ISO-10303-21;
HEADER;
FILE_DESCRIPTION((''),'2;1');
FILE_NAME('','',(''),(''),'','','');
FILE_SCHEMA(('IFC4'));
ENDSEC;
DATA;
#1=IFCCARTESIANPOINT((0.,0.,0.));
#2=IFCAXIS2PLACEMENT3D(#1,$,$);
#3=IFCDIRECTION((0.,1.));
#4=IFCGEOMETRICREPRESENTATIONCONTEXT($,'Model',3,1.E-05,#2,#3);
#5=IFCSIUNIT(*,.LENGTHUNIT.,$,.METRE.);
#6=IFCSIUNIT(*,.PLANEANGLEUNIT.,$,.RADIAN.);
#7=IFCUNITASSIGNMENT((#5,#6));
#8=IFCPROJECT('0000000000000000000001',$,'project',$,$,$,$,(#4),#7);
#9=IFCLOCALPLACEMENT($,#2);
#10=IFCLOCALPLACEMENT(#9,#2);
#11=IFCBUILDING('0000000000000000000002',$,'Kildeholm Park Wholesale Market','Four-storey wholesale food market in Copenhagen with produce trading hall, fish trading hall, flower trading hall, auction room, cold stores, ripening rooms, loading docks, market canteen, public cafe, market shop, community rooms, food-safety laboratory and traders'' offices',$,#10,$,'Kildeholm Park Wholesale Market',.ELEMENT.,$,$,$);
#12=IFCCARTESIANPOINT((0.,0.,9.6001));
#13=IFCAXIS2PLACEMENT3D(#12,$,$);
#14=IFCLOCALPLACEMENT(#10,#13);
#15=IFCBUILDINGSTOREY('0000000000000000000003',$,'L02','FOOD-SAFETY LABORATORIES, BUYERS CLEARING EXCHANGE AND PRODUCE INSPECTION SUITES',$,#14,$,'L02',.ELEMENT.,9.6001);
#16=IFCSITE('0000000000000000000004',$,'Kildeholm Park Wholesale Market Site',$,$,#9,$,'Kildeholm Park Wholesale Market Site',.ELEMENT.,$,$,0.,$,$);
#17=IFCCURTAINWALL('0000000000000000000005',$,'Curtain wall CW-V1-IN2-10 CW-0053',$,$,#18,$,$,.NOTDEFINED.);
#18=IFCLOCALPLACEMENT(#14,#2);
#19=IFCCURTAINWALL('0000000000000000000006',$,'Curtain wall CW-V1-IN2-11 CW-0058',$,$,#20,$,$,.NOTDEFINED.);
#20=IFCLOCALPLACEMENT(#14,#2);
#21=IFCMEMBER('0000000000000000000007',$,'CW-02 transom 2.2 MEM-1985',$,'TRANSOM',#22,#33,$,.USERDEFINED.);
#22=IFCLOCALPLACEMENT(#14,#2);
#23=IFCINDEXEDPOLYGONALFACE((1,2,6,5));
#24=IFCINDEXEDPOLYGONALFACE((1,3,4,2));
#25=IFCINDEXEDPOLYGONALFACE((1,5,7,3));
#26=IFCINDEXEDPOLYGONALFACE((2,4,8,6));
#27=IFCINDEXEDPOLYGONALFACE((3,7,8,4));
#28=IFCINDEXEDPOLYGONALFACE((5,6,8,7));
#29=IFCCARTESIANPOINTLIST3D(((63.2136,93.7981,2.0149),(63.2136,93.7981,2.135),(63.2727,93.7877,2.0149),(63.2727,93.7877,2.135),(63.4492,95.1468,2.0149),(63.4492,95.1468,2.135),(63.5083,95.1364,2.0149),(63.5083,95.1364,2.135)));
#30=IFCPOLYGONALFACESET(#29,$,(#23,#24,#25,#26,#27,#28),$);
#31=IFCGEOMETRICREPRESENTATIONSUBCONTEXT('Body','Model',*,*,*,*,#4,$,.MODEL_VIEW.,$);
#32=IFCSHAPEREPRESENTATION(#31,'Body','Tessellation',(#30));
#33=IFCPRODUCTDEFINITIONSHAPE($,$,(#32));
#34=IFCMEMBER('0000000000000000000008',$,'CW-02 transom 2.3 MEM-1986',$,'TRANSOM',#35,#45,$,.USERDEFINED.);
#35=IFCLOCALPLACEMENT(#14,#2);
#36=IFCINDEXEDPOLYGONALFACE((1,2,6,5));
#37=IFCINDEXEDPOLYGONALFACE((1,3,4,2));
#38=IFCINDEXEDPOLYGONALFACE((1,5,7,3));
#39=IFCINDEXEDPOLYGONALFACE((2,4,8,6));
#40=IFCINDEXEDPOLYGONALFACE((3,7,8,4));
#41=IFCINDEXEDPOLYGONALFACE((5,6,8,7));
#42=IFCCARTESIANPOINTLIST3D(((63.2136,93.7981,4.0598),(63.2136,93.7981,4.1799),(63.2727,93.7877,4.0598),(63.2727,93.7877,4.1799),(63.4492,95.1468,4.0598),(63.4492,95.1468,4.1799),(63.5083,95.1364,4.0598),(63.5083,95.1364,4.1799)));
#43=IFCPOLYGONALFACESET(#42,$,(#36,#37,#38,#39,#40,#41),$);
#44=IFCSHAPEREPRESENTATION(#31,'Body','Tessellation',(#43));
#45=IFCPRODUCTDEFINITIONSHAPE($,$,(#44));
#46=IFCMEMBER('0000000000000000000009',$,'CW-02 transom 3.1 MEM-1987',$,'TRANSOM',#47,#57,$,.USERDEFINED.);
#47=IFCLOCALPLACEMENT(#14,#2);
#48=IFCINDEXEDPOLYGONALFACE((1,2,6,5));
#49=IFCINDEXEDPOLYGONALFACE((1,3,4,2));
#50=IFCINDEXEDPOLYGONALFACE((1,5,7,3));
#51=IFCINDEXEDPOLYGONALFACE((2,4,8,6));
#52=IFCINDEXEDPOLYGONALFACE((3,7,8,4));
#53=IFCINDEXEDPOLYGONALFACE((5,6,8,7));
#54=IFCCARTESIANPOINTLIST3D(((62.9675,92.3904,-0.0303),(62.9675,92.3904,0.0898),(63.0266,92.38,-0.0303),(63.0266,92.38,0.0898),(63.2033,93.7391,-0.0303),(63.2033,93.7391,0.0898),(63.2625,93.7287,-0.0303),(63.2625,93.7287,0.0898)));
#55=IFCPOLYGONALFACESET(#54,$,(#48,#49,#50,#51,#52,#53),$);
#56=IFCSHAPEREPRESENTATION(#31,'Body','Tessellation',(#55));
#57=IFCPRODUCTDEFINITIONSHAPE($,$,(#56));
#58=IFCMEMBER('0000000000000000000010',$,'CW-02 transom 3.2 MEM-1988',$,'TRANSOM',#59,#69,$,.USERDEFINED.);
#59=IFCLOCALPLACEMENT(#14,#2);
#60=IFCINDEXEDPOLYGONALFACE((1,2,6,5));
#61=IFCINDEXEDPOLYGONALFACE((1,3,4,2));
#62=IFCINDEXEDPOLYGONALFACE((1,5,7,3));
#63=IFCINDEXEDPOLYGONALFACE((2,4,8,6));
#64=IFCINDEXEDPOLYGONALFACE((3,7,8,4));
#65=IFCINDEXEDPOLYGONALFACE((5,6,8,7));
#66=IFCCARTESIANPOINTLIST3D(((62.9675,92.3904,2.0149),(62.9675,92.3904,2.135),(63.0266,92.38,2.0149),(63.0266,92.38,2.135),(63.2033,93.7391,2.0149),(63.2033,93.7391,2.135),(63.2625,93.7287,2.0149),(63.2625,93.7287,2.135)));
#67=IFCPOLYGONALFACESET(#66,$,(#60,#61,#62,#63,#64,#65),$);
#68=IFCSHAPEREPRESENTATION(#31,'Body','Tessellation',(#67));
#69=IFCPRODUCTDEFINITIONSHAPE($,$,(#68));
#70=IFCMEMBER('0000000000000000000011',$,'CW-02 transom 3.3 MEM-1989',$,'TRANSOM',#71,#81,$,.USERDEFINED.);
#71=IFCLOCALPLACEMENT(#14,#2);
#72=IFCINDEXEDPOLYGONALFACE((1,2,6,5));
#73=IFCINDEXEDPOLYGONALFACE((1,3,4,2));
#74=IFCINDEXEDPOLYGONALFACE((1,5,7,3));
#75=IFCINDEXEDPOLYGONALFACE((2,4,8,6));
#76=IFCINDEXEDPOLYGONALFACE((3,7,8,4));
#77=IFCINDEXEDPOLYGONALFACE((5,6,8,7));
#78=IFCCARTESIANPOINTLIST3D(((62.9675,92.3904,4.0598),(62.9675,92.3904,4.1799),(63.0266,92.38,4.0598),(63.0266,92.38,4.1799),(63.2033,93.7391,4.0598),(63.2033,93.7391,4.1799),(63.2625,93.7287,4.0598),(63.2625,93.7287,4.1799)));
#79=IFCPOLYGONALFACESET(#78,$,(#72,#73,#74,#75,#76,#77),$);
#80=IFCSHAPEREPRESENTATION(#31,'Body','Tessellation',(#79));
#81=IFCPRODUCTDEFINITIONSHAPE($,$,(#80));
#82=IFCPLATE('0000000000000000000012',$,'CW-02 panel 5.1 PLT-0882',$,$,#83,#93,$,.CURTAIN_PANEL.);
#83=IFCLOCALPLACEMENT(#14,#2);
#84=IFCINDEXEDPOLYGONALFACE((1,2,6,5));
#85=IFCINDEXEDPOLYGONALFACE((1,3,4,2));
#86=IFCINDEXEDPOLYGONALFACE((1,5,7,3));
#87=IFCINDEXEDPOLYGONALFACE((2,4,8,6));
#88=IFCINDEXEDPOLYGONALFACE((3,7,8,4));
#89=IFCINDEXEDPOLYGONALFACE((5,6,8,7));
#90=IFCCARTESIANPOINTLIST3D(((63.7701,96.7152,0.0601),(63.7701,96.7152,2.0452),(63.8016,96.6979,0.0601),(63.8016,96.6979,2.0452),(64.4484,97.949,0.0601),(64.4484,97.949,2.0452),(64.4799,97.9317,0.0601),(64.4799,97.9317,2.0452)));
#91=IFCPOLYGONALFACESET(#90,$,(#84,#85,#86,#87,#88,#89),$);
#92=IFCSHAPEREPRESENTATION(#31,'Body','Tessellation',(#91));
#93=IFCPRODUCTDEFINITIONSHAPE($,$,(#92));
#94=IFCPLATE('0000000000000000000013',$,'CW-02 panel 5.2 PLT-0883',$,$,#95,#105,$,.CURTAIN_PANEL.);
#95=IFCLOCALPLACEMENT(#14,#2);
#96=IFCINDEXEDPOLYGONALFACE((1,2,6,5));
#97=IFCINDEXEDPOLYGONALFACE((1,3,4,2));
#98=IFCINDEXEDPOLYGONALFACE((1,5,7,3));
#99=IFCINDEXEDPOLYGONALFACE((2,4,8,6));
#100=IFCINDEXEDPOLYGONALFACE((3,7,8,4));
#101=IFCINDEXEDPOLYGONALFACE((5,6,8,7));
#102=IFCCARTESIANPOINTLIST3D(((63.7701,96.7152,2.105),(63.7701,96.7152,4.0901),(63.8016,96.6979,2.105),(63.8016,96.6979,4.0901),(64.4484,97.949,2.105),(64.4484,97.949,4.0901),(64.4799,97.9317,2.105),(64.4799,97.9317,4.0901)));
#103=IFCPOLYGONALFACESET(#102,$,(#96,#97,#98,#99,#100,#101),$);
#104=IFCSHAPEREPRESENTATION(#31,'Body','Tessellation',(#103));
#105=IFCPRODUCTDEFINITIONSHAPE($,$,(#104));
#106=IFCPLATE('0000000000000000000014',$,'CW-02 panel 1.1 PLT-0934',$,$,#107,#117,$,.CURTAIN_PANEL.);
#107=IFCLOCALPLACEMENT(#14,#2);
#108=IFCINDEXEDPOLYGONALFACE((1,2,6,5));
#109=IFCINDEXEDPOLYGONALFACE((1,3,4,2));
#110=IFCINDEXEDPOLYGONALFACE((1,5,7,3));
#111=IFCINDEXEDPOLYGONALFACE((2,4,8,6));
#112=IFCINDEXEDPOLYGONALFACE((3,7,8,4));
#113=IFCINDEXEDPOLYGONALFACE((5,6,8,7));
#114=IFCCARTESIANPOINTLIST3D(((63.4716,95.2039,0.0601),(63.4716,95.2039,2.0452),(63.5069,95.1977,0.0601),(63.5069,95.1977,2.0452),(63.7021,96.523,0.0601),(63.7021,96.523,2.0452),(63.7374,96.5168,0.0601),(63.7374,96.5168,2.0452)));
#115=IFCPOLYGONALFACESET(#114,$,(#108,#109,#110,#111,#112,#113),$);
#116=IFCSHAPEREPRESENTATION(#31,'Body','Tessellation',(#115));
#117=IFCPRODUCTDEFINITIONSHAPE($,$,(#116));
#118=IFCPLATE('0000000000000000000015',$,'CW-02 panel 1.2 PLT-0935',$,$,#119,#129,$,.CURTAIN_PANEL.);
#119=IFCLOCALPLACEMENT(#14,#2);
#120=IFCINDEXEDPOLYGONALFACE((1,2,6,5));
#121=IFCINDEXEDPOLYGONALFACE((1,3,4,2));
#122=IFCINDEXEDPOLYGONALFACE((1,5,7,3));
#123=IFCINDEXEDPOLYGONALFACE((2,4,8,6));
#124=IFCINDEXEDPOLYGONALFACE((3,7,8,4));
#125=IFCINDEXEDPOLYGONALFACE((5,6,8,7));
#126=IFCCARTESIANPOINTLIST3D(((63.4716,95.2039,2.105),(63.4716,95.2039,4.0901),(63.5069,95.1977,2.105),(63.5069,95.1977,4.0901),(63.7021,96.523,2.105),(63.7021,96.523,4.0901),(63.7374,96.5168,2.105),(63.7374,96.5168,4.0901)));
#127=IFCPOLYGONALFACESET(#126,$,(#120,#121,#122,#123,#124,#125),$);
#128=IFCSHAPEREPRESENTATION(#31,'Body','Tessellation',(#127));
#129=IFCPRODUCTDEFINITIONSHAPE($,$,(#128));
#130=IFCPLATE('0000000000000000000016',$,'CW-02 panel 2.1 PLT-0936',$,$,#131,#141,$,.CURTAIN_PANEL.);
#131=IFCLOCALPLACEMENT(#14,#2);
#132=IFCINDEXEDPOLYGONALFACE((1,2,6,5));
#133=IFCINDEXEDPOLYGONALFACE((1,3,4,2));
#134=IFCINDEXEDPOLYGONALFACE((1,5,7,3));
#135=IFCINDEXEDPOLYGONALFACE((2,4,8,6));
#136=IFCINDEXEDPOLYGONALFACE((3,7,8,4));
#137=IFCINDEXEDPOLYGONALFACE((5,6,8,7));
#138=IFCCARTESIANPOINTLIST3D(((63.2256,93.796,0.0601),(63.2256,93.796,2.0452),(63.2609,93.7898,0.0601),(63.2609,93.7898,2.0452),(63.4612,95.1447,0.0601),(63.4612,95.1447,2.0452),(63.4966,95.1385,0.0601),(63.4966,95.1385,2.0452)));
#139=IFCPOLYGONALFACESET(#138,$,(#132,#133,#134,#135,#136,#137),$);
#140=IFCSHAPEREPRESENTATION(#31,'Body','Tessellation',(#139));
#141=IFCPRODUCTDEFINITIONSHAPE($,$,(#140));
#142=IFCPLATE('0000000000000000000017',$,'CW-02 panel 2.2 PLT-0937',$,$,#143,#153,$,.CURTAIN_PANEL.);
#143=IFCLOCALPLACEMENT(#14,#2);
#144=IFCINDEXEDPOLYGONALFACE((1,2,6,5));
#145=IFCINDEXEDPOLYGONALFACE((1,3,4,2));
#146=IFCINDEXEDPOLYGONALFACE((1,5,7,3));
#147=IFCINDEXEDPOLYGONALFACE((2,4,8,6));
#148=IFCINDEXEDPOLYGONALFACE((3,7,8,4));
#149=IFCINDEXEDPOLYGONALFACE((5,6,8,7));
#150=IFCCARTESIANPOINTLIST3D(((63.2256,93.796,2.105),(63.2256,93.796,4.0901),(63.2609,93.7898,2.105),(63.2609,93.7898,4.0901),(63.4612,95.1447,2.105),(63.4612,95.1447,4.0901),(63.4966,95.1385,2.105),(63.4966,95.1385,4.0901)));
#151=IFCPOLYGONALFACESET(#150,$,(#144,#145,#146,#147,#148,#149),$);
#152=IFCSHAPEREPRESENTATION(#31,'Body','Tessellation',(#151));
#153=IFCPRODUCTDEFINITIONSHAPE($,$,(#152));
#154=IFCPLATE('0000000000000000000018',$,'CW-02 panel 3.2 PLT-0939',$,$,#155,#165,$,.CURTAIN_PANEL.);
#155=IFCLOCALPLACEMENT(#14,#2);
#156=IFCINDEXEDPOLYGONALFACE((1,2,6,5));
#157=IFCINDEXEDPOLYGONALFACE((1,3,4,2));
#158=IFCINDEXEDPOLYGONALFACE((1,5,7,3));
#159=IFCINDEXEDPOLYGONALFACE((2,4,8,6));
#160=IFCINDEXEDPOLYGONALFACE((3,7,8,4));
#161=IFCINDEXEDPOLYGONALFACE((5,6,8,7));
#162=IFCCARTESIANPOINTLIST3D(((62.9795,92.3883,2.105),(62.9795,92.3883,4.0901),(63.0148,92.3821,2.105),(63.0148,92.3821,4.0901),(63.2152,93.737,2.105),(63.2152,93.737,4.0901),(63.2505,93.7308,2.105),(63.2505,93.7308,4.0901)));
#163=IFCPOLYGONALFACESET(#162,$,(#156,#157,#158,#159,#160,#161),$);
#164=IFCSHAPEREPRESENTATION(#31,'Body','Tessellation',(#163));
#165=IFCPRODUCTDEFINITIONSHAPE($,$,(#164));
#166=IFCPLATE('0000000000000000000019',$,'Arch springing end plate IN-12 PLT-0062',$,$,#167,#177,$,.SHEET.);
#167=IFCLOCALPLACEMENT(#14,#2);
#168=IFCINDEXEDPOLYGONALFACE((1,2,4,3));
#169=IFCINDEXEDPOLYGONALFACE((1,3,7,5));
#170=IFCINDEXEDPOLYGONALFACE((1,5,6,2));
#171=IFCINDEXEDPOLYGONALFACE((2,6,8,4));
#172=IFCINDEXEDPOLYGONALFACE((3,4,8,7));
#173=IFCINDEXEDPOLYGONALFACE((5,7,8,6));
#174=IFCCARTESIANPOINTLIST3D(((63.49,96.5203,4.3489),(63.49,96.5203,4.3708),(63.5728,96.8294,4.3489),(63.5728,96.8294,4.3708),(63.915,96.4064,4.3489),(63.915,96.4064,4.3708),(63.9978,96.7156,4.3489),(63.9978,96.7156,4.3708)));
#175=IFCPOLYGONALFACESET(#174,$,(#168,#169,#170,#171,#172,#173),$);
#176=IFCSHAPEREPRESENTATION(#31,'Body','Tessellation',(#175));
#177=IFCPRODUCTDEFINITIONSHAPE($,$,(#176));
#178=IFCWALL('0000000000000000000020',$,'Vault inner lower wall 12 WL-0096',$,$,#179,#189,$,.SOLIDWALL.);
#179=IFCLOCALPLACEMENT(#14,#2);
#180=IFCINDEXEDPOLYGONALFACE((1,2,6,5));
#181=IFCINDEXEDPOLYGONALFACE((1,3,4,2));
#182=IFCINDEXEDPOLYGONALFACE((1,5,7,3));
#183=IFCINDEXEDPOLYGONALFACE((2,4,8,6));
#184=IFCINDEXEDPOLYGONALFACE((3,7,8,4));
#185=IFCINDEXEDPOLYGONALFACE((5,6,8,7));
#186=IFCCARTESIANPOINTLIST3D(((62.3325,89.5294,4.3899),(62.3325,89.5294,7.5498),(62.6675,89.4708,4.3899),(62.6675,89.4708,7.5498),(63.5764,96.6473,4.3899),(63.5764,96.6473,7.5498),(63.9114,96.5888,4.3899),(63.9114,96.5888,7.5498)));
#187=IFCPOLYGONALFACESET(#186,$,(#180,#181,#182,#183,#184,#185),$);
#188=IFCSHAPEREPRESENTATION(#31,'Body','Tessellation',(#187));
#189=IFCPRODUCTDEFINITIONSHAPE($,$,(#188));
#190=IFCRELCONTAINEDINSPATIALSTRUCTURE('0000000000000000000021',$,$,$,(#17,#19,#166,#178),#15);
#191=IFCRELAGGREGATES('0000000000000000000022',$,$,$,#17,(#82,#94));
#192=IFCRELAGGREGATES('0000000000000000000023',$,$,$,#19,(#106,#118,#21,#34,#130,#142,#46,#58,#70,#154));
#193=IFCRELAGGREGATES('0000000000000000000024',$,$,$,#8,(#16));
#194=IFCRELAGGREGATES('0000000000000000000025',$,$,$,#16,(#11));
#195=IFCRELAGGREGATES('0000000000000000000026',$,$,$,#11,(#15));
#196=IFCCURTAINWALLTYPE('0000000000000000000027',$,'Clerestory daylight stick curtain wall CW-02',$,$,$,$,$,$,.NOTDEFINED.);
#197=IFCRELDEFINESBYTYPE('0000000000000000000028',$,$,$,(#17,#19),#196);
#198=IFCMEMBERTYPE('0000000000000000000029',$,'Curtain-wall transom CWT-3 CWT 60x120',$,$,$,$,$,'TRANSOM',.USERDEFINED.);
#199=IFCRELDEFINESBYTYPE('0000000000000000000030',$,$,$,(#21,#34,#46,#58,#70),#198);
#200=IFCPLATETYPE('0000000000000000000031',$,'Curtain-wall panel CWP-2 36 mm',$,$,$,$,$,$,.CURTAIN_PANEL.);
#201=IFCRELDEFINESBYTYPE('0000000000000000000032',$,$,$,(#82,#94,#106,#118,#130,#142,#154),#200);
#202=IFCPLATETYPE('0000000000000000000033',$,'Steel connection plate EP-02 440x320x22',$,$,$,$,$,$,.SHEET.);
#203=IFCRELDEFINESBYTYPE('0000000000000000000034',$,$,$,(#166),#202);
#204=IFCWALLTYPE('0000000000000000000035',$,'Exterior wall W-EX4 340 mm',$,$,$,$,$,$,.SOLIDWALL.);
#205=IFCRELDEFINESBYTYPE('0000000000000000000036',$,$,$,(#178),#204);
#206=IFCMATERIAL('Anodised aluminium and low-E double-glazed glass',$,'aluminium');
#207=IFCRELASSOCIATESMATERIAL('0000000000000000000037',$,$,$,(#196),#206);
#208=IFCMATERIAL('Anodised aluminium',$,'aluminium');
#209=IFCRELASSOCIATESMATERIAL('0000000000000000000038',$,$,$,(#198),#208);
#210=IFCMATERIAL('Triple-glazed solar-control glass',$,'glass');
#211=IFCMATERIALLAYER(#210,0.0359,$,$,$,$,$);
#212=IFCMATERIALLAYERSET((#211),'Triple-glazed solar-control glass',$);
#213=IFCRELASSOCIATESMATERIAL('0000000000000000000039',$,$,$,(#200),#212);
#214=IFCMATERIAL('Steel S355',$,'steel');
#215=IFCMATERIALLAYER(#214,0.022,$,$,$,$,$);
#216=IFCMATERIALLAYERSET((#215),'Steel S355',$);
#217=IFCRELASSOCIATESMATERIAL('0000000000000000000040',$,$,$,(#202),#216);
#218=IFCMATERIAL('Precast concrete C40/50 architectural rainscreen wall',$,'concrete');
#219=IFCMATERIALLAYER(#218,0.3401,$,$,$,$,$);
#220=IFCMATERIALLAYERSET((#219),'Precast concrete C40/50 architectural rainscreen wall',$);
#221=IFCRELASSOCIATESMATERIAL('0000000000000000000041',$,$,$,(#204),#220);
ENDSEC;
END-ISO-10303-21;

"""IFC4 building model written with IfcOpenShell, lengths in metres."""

from ifc_helpers import new_model, si_unit, direction, frame, frame_2d, origin, origin_2d, place, context, subcontext, project, spatial, rectangle, extrude, material, layer, layer_set, material_profile, profile_set, type_object, element, aggregate, save


model = new_model("IFC4")

# Units and contexts
model_context = context("Model", 3, precision=1e-05, world=origin(), true_north=direction((0.0, 1.0)))
body_context = subcontext(model_context, "Body", "Model", "MODEL_VIEW")
ifc_project = project(units=[si_unit("LENGTHUNIT", "METRE"), si_unit("PLANEANGLEUNIT", "RADIAN")], contexts=[model_context])

# Site, building, storey
site_placement = place(None, origin())
site = spatial("IfcSite", under=ifc_project, at=site_placement, Name="Kildeholm Park Wholesale Market Site", LongName="Kildeholm Park Wholesale Market Site", CompositionType="ELEMENT", RefElevation=0.0)
building_placement = place(site_placement, origin())
building = spatial("IfcBuilding", under=site, at=building_placement, Name="Kildeholm Park Wholesale Market", Description="Four-storey wholesale food market in Copenhagen with produce trading hall, fish trading hall, flower trading hall, auction room, cold stores, ripening rooms, loading docks, market canteen, public cafe, market shop, community rooms, food-safety laboratory and traders' offices", LongName="Kildeholm Park Wholesale Market", CompositionType="ELEMENT")
storey_placement = place(building_placement, frame((0.0, 0.0, 9.6001)))
storey = spatial("IfcBuildingStorey", under=building, at=storey_placement, Name="L02", Description="FOOD-SAFETY LABORATORIES, BUYERS CLEARING EXCHANGE AND PRODUCE INSPECTION SUITES", LongName="L02", CompositionType="ELEMENT", Elevation=9.6001)

# Shared definitions
ifc_material_1 = material(Name="Steel S355", Category="steel")

# Curtain wall
ifc_material_2 = material(Name="Anodised aluminium and low-E double-glazed glass", Category="aluminium")
curtain_wall_type = type_object("IfcCurtainWallType", Name="Clerestory daylight stick curtain wall CW-02", PredefinedType="NOTDEFINED", material=ifc_material_2)
curtain_wall_1_placement = place(storey_placement, origin())
curtain_wall_1 = element("IfcCurtainWall", 1, at=curtain_wall_1_placement, inside=storey, type_object=curtain_wall_type, Name="Curtain wall CW-V1-IN2-10 CW-0053", PredefinedType="NOTDEFINED")
ifc_material_3 = material(Name="Anodised aluminium", Category="aluminium")

# Curtain wall
curtain_wall_2_placement = place(storey_placement, origin())
curtain_wall_2 = element("IfcCurtainWall", 2, at=curtain_wall_2_placement, inside=storey, type_object=curtain_wall_type, Name="Curtain wall CW-V1-IN2-11 CW-0058", PredefinedType="NOTDEFINED")

# Members
ifc_material_profile_1 = material_profile(ifc_material_3, rectangle(XDim=0.0601, YDim=0.1201, at=origin_2d()), Name="CWT 60x120")
ifc_profile_set_1 = profile_set([ifc_material_profile_1], Name="Anodised aluminium")
member_type_1 = type_object("IfcMemberType", Name="Curtain-wall transom CWT-3 CWT 60x120", ElementType="TRANSOM", PredefinedType="USERDEFINED", material=ifc_profile_set_1)
member_1_placement = place(storey_placement, frame((63.4788, 95.1416, 2.075), z_axis=(-0.172086, -0.985082, 0.0), x_axis=(0.985082, -0.172086, 0.0)))
member_1 = element("IfcMember", 3, at=member_1_placement, type_object=member_type_1, Name="CW-02 transom 2.2 MEM-1985", ObjectType="TRANSOM", PredefinedType="USERDEFINED", context=body_context, shape_type="SweptSolid", body=[
    extrude(rectangle(XDim=0.0601, YDim=0.1201, at=origin_2d()), origin(), (0.0, 0.0, 1.0), 1.3691),
])
member_2_placement = place(storey_placement, frame((63.4788, 95.1416, 4.1199), z_axis=(-0.172086, -0.985082, 0.0), x_axis=(0.985082, -0.172086, 0.0)))
member_2 = element("IfcMember", 4, at=member_2_placement, type_object=member_type_1, Name="CW-02 transom 2.3 MEM-1986", ObjectType="TRANSOM", PredefinedType="USERDEFINED", context=body_context, shape_type="SweptSolid", body=[
    extrude(rectangle(XDim=0.0601, YDim=0.1201, at=origin_2d()), origin(), (0.0, 0.0, 1.0), 1.3691),
])
member_3_placement = place(storey_placement, frame((63.2329, 93.7339, 0.0298), z_axis=(-0.172259, -0.985052, 0.0), x_axis=(0.985052, -0.172259, 0.0)))
member_3 = element("IfcMember", 5, at=member_3_placement, type_object=member_type_1, Name="CW-02 transom 3.1 MEM-1987", ObjectType="TRANSOM", PredefinedType="USERDEFINED", context=body_context, shape_type="SweptSolid", body=[
    extrude(rectangle(XDim=0.0601, YDim=0.1201, at=origin_2d()), origin(), (0.0, 0.0, 1.0), 1.3691),
])
member_4_placement = place(storey_placement, frame((63.2329, 93.7339, 2.075), z_axis=(-0.172259, -0.985052, 0.0), x_axis=(0.985052, -0.172259, 0.0)))
member_4 = element("IfcMember", 6, at=member_4_placement, type_object=member_type_1, Name="CW-02 transom 3.2 MEM-1988", ObjectType="TRANSOM", PredefinedType="USERDEFINED", context=body_context, shape_type="SweptSolid", body=[
    extrude(rectangle(XDim=0.0601, YDim=0.1201, at=origin_2d()), origin(), (0.0, 0.0, 1.0), 1.3691),
])
member_5_placement = place(storey_placement, frame((63.2329, 93.7339, 4.1199), z_axis=(-0.172259, -0.985052, 0.0), x_axis=(0.985052, -0.172259, 0.0)))
member_5 = element("IfcMember", 7, at=member_5_placement, type_object=member_type_1, Name="CW-02 transom 3.3 MEM-1989", ObjectType="TRANSOM", PredefinedType="USERDEFINED", context=body_context, shape_type="SweptSolid", body=[
    extrude(rectangle(XDim=0.0601, YDim=0.1201, at=origin_2d()), origin(), (0.0, 0.0, 1.0), 1.3691),
])

# Plates
ifc_material_4 = material(Name="Triple-glazed solar-control glass", Category="glass")
ifc_layer_1 = layer(ifc_material_4, 0.0359)
ifc_layer_set_1 = layer_set([ifc_layer_1], Name="Triple-glazed solar-control glass")
plate_type_1 = type_object("IfcPlateType", Name="Curtain-wall panel CWP-2 36 mm", PredefinedType="CURTAIN_PANEL", material=ifc_layer_set_1)
plate_1_placement = place(storey_placement, frame((64.125, 97.3235, 0.0601), z_axis=(0.0, 0.0, 1.0), x_axis=(-0.48175, -0.876309, 0.0)))
plate_1 = element("IfcPlate", 8, at=plate_1_placement, type_object=plate_type_1, Name="CW-02 panel 5.1 PLT-0882", PredefinedType="CURTAIN_PANEL", context=body_context, shape_type="SweptSolid", body=[
    extrude(rectangle(XDim=1.408, YDim=0.0359, at=origin_2d()), origin(), (0.0, 0.0, 1.0), 1.9851),
])
plate_2_placement = place(storey_placement, frame((64.125, 97.3235, 2.105), z_axis=(0.0, 0.0, 1.0), x_axis=(-0.48175, -0.876309, 0.0)))
plate_2 = element("IfcPlate", 9, at=plate_2_placement, type_object=plate_type_1, Name="CW-02 panel 5.2 PLT-0883", PredefinedType="CURTAIN_PANEL", context=body_context, shape_type="SweptSolid", body=[
    extrude(rectangle(XDim=1.408, YDim=0.0359, at=origin_2d()), origin(), (0.0, 0.0, 1.0), 1.9851),
])
aggregate(curtain_wall_1, [plate_1, plate_2])
plate_3_placement = place(storey_placement, frame((63.6045, 95.8604, 0.0601), z_axis=(0.0, 0.0, 1.0), x_axis=(-0.172133, -0.985074, 0.0)))
plate_3 = element("IfcPlate", 10, at=plate_3_placement, type_object=plate_type_1, Name="CW-02 panel 1.1 PLT-0934", PredefinedType="CURTAIN_PANEL", context=body_context, shape_type="SweptSolid", body=[
    extrude(rectangle(XDim=1.3391, YDim=0.0359, at=origin_2d()), origin(), (0.0, 0.0, 1.0), 1.9851),
])
plate_4_placement = place(storey_placement, frame((63.6045, 95.8604, 2.105), z_axis=(0.0, 0.0, 1.0), x_axis=(-0.172133, -0.985074, 0.0)))
plate_4 = element("IfcPlate", 11, at=plate_4_placement, type_object=plate_type_1, Name="CW-02 panel 1.2 PLT-0935", PredefinedType="CURTAIN_PANEL", context=body_context, shape_type="SweptSolid", body=[
    extrude(rectangle(XDim=1.3391, YDim=0.0359, at=origin_2d()), origin(), (0.0, 0.0, 1.0), 1.9851),
])
plate_5_placement = place(storey_placement, frame((63.3611, 94.4673, 0.0601), z_axis=(0.0, 0.0, 1.0), x_axis=(-0.172133, -0.985074, 0.0)))
plate_5 = element("IfcPlate", 12, at=plate_5_placement, type_object=plate_type_1, Name="CW-02 panel 2.1 PLT-0936", PredefinedType="CURTAIN_PANEL", context=body_context, shape_type="SweptSolid", body=[
    extrude(rectangle(XDim=1.3691, YDim=0.0359, at=origin_2d()), origin(), (0.0, 0.0, 1.0), 1.9851),
])
plate_6_placement = place(storey_placement, frame((63.3611, 94.4673, 2.105), z_axis=(0.0, 0.0, 1.0), x_axis=(-0.172133, -0.985074, 0.0)))
plate_6 = element("IfcPlate", 13, at=plate_6_placement, type_object=plate_type_1, Name="CW-02 panel 2.2 PLT-0937", PredefinedType="CURTAIN_PANEL", context=body_context, shape_type="SweptSolid", body=[
    extrude(rectangle(XDim=1.3691, YDim=0.0359, at=origin_2d()), origin(), (0.0, 0.0, 1.0), 1.9851),
])
plate_7_placement = place(storey_placement, frame((63.115, 93.0596, 2.105), z_axis=(0.0, 0.0, 1.0), x_axis=(-0.172133, -0.985074, 0.0)))
plate_7 = element("IfcPlate", 14, at=plate_7_placement, type_object=plate_type_1, Name="CW-02 panel 3.2 PLT-0939", PredefinedType="CURTAIN_PANEL", context=body_context, shape_type="SweptSolid", body=[
    extrude(rectangle(XDim=1.3691, YDim=0.0359, at=origin_2d()), origin(), (0.0, 0.0, 1.0), 1.9851),
])
aggregate(curtain_wall_2, [plate_3, plate_4, member_1, member_2, plate_5, plate_6, member_3, member_4, member_5, plate_7])
ifc_layer_2 = layer(ifc_material_1, 0.022)
ifc_layer_set_2 = layer_set([ifc_layer_2], Name="Steel S355")
plate_type_2 = type_object("IfcPlateType", Name="Steel connection plate EP-02 440x320x22", PredefinedType="SHEET", material=ifc_layer_set_2)
plate_8_placement = place(storey_placement, frame((63.7439, 96.6179, 4.3489), z_axis=(0.0, 0.0, 1.0), x_axis=(-0.965926, 0.258819, 0.0)))
element("IfcPlate", 15, at=plate_8_placement, inside=storey, type_object=plate_type_2, Name="Arch springing end plate IN-12 PLT-0062", PredefinedType="SHEET", context=body_context, shape_type="SweptSolid", body=[
    extrude(rectangle(XDim=0.4399, YDim=0.3201, at=origin_2d()), origin(), (0.0, 0.0, 1.0), 0.022),
])

# Wall
ifc_material_5 = material(Name="Precast concrete C40/50 architectural rainscreen wall", Category="concrete")
ifc_layer_3 = layer(ifc_material_5, 0.3401)
ifc_layer_set_3 = layer_set([ifc_layer_3], Name="Precast concrete C40/50 architectural rainscreen wall")
wall_type = type_object("IfcWallType", Name="Exterior wall W-EX4 340 mm", PredefinedType="SOLIDWALL", material=ifc_layer_set_3)
wall_placement = place(storey_placement, frame((63.7439, 96.6179, 4.3899), z_axis=(0.0, 0.0, 1.0), x_axis=(-0.172147, -0.985071, 0.0)))
element("IfcWall", 16, at=wall_placement, inside=storey, type_object=wall_type, Name="Vault inner lower wall 12 WL-0096", PredefinedType="SOLIDWALL", context=body_context, shape_type="SweptSolid", body=[
    extrude(rectangle(XDim=7.2258, YDim=0.3401, at=frame_2d((3.6128, 0.0))), origin(), (0.0, 0.0, 1.0), 3.1599),
])

save(model, "model.ifc")
